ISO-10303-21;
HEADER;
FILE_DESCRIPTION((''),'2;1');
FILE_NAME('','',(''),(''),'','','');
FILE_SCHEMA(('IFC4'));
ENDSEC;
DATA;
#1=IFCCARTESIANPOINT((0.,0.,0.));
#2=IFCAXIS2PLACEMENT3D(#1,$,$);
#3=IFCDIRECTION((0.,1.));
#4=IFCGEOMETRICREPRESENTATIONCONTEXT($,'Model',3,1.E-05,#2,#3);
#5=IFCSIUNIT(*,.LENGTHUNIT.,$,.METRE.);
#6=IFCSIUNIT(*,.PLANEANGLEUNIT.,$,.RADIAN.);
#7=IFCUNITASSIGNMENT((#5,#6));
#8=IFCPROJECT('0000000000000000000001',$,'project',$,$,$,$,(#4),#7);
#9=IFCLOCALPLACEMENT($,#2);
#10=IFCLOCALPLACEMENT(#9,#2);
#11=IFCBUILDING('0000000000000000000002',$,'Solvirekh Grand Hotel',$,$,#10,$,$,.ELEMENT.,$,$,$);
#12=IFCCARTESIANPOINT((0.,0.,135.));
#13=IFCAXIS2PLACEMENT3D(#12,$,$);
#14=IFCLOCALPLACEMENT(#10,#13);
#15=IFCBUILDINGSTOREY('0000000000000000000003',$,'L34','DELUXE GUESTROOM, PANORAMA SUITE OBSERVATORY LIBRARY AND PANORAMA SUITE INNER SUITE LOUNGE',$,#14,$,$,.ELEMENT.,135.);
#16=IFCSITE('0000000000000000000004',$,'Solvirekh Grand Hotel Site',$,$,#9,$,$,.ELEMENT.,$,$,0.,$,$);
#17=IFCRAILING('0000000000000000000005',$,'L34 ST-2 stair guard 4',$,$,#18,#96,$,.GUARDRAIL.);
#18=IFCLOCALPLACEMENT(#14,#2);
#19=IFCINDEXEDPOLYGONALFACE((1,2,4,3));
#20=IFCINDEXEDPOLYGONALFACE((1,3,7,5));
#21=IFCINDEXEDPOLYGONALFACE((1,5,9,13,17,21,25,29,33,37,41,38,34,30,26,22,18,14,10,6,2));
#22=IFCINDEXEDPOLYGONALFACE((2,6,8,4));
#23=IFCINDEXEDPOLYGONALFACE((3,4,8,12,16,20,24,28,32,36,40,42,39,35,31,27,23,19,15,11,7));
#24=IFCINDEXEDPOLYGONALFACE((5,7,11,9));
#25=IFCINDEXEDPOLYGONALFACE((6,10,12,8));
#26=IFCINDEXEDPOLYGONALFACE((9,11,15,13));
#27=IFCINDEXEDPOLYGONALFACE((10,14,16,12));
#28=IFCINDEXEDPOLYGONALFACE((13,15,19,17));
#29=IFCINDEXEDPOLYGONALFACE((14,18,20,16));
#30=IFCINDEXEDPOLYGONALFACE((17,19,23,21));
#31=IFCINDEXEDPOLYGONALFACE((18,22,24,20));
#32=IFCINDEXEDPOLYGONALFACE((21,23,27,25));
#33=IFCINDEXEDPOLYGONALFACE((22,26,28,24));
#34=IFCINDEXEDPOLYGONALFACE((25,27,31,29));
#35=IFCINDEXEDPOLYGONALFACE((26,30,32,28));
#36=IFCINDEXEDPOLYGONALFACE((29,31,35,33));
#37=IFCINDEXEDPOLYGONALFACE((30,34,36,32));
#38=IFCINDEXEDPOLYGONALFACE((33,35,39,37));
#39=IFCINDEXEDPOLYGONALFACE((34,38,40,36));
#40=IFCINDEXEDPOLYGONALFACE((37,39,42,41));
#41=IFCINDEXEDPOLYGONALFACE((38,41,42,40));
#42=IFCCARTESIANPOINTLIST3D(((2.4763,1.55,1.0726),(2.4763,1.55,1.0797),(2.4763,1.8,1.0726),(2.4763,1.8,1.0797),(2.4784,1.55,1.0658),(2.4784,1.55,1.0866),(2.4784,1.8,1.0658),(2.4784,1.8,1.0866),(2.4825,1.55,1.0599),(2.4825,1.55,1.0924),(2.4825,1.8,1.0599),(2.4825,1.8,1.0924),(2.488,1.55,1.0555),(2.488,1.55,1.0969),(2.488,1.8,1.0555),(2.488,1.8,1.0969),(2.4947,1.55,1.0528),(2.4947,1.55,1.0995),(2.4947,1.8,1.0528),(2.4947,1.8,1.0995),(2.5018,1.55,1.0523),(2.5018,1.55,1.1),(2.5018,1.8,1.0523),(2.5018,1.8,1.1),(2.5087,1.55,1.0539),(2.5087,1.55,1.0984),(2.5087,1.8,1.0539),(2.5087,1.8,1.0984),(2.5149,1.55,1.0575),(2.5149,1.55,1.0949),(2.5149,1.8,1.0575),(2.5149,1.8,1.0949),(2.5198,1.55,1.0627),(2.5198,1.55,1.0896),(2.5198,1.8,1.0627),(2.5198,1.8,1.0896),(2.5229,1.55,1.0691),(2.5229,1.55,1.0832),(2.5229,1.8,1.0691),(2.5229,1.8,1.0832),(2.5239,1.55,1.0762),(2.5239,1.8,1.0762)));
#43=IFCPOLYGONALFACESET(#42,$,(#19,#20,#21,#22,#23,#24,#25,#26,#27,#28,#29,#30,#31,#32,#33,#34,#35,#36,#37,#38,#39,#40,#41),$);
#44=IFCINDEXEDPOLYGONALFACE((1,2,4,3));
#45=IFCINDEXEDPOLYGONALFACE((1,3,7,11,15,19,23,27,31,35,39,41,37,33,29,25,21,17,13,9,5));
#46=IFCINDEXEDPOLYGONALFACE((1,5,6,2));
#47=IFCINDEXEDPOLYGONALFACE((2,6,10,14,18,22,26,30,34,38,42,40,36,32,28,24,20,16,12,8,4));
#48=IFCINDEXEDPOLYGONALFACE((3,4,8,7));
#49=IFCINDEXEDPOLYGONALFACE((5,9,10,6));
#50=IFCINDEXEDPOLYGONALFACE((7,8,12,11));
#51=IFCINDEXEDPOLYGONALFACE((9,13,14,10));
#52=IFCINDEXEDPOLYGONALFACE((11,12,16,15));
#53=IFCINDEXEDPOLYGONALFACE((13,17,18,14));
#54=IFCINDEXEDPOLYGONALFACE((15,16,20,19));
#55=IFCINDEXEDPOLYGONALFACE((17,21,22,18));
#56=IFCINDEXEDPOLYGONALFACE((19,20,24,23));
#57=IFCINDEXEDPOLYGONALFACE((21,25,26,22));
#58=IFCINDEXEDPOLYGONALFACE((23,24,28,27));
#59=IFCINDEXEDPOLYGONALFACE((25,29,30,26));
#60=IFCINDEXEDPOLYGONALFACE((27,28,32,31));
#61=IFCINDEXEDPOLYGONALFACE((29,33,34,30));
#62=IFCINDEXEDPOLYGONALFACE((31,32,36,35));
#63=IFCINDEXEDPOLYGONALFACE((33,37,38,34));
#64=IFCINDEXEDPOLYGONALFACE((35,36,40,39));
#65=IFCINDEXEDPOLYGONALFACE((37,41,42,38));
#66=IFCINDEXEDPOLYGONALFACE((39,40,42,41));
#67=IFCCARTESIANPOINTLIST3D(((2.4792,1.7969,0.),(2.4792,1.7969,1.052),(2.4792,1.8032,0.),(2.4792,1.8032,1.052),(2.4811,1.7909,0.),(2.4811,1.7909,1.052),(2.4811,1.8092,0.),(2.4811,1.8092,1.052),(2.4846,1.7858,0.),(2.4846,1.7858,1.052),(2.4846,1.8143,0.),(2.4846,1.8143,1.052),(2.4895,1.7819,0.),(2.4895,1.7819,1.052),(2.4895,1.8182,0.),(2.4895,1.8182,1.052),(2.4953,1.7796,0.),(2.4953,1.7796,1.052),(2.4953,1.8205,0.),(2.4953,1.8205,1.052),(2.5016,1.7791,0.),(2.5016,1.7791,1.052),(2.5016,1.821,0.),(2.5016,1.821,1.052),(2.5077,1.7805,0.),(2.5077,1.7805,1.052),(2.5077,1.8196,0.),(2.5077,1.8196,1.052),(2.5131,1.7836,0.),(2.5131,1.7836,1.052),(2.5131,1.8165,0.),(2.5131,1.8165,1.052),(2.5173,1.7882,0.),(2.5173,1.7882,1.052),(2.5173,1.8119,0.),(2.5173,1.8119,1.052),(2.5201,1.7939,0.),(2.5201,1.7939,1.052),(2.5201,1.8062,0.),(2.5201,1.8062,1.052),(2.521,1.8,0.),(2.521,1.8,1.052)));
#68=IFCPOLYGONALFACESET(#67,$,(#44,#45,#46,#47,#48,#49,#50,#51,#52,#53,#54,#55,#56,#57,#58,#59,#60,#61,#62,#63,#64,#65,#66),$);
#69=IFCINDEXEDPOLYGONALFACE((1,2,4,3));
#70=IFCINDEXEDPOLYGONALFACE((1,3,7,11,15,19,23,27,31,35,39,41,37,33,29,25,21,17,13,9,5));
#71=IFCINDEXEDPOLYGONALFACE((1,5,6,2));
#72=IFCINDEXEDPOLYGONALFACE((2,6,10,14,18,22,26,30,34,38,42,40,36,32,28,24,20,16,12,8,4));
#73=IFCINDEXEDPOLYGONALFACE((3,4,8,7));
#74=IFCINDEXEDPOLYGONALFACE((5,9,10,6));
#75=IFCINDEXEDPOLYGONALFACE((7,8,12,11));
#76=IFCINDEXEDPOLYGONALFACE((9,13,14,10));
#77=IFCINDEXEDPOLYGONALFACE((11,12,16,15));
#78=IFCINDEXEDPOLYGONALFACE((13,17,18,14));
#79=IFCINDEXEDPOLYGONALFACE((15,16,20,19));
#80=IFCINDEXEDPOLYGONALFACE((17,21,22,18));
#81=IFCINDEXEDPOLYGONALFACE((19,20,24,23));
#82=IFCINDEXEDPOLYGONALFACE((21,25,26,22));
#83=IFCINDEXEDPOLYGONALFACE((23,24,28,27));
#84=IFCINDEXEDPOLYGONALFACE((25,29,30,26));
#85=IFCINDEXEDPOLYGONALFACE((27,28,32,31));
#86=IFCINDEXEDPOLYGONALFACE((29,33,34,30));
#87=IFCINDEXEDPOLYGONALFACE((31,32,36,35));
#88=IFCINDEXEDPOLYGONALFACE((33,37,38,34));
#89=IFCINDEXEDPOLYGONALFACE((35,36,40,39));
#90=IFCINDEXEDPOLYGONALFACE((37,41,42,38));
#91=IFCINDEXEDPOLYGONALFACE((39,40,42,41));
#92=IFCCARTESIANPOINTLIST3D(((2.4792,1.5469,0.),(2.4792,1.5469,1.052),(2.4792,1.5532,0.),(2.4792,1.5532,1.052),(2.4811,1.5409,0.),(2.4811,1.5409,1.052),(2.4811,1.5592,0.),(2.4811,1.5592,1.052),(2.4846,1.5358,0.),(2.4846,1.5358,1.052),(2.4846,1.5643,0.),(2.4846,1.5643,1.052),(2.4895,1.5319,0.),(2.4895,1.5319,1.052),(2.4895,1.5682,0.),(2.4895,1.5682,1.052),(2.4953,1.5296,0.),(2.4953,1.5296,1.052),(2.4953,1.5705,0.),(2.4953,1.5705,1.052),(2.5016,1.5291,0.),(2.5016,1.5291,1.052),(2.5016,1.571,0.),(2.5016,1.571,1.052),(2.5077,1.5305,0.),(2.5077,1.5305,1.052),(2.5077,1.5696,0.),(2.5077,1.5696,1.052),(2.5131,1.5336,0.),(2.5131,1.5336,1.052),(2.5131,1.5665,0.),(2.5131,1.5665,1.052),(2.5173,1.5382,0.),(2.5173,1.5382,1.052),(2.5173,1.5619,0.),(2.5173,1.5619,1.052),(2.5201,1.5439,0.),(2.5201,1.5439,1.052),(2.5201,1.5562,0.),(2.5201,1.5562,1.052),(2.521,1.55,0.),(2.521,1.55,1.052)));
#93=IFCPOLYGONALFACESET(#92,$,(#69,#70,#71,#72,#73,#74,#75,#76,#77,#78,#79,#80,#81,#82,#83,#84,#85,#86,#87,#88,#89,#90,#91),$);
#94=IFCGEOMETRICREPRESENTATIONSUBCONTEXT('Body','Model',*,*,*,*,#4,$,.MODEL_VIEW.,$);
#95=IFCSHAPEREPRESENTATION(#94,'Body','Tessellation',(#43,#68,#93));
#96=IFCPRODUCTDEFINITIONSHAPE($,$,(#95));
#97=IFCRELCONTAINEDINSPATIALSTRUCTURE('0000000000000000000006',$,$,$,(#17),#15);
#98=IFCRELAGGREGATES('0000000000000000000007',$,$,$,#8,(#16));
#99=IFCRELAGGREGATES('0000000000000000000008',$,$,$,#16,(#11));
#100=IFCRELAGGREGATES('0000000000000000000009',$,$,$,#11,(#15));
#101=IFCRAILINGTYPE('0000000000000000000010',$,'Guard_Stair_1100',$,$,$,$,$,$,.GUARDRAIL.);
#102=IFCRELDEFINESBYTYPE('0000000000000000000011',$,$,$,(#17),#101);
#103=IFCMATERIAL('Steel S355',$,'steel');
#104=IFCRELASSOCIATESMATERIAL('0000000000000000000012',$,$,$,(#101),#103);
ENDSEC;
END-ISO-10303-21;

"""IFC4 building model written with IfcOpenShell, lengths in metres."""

from ifc_helpers import new_model, si_unit, direction, frame, origin, origin_2d, place, context, subcontext, project, spatial, circle, extrude, material, type_object, element, save


model = new_model("IFC4")

# Units and contexts
model_context = context("Model", 3, precision=1e-05, world=origin(), true_north=direction((0.0, 1.0)))
body_context = subcontext(model_context, "Body", "Model", "MODEL_VIEW")
ifc_project = project(units=[si_unit("LENGTHUNIT", "METRE"), si_unit("PLANEANGLEUNIT", "RADIAN")], contexts=[model_context])

# Site, building, storey
site_placement = place(None, origin())
site = spatial("IfcSite", under=ifc_project, at=site_placement, Name="Solvirekh Grand Hotel Site", CompositionType="ELEMENT", RefElevation=0.0)
building_placement = place(site_placement, origin())
building = spatial("IfcBuilding", under=site, at=building_placement, Name="Solvirekh Grand Hotel", CompositionType="ELEMENT")
storey_placement = place(building_placement, frame((0.0, 0.0, 135.0)))
storey = spatial("IfcBuildingStorey", under=building, at=storey_placement, Name="L34", Description="DELUXE GUESTROOM, PANORAMA SUITE OBSERVATORY LIBRARY AND PANORAMA SUITE INNER SUITE LOUNGE", CompositionType="ELEMENT", Elevation=135.0)

# Shared definitions
ifc_material_1 = material(Name="Steel S355", Category="steel")

# Railing
railing_type_1 = type_object("IfcRailingType", Name="Guard_Stair_1100", PredefinedType="GUARDRAIL", material=ifc_material_1)
railing_1_placement = place(storey_placement, frame((2.5, 1.8, 0.0)))
element("IfcRailing", 1, at=railing_1_placement, inside=storey, type_object=railing_type_1, Name="L34 ST-2 stair guard 4", PredefinedType="GUARDRAIL", context=body_context, shape_type="SweptSolid", body=[
    extrude(circle(Radius=0.0239, at=origin_2d()), frame((0.0, 0.0, 1.0762), z_axis=(0.0, -1.0, 0.0), x_axis=(1.0, 0.0, 0.0)), (0.0, 0.0, 1.0), 0.25),
    extrude(circle(Radius=0.021, at=origin_2d()), origin(), (0.0, 0.0, 1.0), 1.052),
    extrude(circle(Radius=0.021, at=origin_2d()), frame((0.0, -0.25, 0.0)), (0.0, 0.0, 1.0), 1.052),
])

save(model, "model.ifc")
